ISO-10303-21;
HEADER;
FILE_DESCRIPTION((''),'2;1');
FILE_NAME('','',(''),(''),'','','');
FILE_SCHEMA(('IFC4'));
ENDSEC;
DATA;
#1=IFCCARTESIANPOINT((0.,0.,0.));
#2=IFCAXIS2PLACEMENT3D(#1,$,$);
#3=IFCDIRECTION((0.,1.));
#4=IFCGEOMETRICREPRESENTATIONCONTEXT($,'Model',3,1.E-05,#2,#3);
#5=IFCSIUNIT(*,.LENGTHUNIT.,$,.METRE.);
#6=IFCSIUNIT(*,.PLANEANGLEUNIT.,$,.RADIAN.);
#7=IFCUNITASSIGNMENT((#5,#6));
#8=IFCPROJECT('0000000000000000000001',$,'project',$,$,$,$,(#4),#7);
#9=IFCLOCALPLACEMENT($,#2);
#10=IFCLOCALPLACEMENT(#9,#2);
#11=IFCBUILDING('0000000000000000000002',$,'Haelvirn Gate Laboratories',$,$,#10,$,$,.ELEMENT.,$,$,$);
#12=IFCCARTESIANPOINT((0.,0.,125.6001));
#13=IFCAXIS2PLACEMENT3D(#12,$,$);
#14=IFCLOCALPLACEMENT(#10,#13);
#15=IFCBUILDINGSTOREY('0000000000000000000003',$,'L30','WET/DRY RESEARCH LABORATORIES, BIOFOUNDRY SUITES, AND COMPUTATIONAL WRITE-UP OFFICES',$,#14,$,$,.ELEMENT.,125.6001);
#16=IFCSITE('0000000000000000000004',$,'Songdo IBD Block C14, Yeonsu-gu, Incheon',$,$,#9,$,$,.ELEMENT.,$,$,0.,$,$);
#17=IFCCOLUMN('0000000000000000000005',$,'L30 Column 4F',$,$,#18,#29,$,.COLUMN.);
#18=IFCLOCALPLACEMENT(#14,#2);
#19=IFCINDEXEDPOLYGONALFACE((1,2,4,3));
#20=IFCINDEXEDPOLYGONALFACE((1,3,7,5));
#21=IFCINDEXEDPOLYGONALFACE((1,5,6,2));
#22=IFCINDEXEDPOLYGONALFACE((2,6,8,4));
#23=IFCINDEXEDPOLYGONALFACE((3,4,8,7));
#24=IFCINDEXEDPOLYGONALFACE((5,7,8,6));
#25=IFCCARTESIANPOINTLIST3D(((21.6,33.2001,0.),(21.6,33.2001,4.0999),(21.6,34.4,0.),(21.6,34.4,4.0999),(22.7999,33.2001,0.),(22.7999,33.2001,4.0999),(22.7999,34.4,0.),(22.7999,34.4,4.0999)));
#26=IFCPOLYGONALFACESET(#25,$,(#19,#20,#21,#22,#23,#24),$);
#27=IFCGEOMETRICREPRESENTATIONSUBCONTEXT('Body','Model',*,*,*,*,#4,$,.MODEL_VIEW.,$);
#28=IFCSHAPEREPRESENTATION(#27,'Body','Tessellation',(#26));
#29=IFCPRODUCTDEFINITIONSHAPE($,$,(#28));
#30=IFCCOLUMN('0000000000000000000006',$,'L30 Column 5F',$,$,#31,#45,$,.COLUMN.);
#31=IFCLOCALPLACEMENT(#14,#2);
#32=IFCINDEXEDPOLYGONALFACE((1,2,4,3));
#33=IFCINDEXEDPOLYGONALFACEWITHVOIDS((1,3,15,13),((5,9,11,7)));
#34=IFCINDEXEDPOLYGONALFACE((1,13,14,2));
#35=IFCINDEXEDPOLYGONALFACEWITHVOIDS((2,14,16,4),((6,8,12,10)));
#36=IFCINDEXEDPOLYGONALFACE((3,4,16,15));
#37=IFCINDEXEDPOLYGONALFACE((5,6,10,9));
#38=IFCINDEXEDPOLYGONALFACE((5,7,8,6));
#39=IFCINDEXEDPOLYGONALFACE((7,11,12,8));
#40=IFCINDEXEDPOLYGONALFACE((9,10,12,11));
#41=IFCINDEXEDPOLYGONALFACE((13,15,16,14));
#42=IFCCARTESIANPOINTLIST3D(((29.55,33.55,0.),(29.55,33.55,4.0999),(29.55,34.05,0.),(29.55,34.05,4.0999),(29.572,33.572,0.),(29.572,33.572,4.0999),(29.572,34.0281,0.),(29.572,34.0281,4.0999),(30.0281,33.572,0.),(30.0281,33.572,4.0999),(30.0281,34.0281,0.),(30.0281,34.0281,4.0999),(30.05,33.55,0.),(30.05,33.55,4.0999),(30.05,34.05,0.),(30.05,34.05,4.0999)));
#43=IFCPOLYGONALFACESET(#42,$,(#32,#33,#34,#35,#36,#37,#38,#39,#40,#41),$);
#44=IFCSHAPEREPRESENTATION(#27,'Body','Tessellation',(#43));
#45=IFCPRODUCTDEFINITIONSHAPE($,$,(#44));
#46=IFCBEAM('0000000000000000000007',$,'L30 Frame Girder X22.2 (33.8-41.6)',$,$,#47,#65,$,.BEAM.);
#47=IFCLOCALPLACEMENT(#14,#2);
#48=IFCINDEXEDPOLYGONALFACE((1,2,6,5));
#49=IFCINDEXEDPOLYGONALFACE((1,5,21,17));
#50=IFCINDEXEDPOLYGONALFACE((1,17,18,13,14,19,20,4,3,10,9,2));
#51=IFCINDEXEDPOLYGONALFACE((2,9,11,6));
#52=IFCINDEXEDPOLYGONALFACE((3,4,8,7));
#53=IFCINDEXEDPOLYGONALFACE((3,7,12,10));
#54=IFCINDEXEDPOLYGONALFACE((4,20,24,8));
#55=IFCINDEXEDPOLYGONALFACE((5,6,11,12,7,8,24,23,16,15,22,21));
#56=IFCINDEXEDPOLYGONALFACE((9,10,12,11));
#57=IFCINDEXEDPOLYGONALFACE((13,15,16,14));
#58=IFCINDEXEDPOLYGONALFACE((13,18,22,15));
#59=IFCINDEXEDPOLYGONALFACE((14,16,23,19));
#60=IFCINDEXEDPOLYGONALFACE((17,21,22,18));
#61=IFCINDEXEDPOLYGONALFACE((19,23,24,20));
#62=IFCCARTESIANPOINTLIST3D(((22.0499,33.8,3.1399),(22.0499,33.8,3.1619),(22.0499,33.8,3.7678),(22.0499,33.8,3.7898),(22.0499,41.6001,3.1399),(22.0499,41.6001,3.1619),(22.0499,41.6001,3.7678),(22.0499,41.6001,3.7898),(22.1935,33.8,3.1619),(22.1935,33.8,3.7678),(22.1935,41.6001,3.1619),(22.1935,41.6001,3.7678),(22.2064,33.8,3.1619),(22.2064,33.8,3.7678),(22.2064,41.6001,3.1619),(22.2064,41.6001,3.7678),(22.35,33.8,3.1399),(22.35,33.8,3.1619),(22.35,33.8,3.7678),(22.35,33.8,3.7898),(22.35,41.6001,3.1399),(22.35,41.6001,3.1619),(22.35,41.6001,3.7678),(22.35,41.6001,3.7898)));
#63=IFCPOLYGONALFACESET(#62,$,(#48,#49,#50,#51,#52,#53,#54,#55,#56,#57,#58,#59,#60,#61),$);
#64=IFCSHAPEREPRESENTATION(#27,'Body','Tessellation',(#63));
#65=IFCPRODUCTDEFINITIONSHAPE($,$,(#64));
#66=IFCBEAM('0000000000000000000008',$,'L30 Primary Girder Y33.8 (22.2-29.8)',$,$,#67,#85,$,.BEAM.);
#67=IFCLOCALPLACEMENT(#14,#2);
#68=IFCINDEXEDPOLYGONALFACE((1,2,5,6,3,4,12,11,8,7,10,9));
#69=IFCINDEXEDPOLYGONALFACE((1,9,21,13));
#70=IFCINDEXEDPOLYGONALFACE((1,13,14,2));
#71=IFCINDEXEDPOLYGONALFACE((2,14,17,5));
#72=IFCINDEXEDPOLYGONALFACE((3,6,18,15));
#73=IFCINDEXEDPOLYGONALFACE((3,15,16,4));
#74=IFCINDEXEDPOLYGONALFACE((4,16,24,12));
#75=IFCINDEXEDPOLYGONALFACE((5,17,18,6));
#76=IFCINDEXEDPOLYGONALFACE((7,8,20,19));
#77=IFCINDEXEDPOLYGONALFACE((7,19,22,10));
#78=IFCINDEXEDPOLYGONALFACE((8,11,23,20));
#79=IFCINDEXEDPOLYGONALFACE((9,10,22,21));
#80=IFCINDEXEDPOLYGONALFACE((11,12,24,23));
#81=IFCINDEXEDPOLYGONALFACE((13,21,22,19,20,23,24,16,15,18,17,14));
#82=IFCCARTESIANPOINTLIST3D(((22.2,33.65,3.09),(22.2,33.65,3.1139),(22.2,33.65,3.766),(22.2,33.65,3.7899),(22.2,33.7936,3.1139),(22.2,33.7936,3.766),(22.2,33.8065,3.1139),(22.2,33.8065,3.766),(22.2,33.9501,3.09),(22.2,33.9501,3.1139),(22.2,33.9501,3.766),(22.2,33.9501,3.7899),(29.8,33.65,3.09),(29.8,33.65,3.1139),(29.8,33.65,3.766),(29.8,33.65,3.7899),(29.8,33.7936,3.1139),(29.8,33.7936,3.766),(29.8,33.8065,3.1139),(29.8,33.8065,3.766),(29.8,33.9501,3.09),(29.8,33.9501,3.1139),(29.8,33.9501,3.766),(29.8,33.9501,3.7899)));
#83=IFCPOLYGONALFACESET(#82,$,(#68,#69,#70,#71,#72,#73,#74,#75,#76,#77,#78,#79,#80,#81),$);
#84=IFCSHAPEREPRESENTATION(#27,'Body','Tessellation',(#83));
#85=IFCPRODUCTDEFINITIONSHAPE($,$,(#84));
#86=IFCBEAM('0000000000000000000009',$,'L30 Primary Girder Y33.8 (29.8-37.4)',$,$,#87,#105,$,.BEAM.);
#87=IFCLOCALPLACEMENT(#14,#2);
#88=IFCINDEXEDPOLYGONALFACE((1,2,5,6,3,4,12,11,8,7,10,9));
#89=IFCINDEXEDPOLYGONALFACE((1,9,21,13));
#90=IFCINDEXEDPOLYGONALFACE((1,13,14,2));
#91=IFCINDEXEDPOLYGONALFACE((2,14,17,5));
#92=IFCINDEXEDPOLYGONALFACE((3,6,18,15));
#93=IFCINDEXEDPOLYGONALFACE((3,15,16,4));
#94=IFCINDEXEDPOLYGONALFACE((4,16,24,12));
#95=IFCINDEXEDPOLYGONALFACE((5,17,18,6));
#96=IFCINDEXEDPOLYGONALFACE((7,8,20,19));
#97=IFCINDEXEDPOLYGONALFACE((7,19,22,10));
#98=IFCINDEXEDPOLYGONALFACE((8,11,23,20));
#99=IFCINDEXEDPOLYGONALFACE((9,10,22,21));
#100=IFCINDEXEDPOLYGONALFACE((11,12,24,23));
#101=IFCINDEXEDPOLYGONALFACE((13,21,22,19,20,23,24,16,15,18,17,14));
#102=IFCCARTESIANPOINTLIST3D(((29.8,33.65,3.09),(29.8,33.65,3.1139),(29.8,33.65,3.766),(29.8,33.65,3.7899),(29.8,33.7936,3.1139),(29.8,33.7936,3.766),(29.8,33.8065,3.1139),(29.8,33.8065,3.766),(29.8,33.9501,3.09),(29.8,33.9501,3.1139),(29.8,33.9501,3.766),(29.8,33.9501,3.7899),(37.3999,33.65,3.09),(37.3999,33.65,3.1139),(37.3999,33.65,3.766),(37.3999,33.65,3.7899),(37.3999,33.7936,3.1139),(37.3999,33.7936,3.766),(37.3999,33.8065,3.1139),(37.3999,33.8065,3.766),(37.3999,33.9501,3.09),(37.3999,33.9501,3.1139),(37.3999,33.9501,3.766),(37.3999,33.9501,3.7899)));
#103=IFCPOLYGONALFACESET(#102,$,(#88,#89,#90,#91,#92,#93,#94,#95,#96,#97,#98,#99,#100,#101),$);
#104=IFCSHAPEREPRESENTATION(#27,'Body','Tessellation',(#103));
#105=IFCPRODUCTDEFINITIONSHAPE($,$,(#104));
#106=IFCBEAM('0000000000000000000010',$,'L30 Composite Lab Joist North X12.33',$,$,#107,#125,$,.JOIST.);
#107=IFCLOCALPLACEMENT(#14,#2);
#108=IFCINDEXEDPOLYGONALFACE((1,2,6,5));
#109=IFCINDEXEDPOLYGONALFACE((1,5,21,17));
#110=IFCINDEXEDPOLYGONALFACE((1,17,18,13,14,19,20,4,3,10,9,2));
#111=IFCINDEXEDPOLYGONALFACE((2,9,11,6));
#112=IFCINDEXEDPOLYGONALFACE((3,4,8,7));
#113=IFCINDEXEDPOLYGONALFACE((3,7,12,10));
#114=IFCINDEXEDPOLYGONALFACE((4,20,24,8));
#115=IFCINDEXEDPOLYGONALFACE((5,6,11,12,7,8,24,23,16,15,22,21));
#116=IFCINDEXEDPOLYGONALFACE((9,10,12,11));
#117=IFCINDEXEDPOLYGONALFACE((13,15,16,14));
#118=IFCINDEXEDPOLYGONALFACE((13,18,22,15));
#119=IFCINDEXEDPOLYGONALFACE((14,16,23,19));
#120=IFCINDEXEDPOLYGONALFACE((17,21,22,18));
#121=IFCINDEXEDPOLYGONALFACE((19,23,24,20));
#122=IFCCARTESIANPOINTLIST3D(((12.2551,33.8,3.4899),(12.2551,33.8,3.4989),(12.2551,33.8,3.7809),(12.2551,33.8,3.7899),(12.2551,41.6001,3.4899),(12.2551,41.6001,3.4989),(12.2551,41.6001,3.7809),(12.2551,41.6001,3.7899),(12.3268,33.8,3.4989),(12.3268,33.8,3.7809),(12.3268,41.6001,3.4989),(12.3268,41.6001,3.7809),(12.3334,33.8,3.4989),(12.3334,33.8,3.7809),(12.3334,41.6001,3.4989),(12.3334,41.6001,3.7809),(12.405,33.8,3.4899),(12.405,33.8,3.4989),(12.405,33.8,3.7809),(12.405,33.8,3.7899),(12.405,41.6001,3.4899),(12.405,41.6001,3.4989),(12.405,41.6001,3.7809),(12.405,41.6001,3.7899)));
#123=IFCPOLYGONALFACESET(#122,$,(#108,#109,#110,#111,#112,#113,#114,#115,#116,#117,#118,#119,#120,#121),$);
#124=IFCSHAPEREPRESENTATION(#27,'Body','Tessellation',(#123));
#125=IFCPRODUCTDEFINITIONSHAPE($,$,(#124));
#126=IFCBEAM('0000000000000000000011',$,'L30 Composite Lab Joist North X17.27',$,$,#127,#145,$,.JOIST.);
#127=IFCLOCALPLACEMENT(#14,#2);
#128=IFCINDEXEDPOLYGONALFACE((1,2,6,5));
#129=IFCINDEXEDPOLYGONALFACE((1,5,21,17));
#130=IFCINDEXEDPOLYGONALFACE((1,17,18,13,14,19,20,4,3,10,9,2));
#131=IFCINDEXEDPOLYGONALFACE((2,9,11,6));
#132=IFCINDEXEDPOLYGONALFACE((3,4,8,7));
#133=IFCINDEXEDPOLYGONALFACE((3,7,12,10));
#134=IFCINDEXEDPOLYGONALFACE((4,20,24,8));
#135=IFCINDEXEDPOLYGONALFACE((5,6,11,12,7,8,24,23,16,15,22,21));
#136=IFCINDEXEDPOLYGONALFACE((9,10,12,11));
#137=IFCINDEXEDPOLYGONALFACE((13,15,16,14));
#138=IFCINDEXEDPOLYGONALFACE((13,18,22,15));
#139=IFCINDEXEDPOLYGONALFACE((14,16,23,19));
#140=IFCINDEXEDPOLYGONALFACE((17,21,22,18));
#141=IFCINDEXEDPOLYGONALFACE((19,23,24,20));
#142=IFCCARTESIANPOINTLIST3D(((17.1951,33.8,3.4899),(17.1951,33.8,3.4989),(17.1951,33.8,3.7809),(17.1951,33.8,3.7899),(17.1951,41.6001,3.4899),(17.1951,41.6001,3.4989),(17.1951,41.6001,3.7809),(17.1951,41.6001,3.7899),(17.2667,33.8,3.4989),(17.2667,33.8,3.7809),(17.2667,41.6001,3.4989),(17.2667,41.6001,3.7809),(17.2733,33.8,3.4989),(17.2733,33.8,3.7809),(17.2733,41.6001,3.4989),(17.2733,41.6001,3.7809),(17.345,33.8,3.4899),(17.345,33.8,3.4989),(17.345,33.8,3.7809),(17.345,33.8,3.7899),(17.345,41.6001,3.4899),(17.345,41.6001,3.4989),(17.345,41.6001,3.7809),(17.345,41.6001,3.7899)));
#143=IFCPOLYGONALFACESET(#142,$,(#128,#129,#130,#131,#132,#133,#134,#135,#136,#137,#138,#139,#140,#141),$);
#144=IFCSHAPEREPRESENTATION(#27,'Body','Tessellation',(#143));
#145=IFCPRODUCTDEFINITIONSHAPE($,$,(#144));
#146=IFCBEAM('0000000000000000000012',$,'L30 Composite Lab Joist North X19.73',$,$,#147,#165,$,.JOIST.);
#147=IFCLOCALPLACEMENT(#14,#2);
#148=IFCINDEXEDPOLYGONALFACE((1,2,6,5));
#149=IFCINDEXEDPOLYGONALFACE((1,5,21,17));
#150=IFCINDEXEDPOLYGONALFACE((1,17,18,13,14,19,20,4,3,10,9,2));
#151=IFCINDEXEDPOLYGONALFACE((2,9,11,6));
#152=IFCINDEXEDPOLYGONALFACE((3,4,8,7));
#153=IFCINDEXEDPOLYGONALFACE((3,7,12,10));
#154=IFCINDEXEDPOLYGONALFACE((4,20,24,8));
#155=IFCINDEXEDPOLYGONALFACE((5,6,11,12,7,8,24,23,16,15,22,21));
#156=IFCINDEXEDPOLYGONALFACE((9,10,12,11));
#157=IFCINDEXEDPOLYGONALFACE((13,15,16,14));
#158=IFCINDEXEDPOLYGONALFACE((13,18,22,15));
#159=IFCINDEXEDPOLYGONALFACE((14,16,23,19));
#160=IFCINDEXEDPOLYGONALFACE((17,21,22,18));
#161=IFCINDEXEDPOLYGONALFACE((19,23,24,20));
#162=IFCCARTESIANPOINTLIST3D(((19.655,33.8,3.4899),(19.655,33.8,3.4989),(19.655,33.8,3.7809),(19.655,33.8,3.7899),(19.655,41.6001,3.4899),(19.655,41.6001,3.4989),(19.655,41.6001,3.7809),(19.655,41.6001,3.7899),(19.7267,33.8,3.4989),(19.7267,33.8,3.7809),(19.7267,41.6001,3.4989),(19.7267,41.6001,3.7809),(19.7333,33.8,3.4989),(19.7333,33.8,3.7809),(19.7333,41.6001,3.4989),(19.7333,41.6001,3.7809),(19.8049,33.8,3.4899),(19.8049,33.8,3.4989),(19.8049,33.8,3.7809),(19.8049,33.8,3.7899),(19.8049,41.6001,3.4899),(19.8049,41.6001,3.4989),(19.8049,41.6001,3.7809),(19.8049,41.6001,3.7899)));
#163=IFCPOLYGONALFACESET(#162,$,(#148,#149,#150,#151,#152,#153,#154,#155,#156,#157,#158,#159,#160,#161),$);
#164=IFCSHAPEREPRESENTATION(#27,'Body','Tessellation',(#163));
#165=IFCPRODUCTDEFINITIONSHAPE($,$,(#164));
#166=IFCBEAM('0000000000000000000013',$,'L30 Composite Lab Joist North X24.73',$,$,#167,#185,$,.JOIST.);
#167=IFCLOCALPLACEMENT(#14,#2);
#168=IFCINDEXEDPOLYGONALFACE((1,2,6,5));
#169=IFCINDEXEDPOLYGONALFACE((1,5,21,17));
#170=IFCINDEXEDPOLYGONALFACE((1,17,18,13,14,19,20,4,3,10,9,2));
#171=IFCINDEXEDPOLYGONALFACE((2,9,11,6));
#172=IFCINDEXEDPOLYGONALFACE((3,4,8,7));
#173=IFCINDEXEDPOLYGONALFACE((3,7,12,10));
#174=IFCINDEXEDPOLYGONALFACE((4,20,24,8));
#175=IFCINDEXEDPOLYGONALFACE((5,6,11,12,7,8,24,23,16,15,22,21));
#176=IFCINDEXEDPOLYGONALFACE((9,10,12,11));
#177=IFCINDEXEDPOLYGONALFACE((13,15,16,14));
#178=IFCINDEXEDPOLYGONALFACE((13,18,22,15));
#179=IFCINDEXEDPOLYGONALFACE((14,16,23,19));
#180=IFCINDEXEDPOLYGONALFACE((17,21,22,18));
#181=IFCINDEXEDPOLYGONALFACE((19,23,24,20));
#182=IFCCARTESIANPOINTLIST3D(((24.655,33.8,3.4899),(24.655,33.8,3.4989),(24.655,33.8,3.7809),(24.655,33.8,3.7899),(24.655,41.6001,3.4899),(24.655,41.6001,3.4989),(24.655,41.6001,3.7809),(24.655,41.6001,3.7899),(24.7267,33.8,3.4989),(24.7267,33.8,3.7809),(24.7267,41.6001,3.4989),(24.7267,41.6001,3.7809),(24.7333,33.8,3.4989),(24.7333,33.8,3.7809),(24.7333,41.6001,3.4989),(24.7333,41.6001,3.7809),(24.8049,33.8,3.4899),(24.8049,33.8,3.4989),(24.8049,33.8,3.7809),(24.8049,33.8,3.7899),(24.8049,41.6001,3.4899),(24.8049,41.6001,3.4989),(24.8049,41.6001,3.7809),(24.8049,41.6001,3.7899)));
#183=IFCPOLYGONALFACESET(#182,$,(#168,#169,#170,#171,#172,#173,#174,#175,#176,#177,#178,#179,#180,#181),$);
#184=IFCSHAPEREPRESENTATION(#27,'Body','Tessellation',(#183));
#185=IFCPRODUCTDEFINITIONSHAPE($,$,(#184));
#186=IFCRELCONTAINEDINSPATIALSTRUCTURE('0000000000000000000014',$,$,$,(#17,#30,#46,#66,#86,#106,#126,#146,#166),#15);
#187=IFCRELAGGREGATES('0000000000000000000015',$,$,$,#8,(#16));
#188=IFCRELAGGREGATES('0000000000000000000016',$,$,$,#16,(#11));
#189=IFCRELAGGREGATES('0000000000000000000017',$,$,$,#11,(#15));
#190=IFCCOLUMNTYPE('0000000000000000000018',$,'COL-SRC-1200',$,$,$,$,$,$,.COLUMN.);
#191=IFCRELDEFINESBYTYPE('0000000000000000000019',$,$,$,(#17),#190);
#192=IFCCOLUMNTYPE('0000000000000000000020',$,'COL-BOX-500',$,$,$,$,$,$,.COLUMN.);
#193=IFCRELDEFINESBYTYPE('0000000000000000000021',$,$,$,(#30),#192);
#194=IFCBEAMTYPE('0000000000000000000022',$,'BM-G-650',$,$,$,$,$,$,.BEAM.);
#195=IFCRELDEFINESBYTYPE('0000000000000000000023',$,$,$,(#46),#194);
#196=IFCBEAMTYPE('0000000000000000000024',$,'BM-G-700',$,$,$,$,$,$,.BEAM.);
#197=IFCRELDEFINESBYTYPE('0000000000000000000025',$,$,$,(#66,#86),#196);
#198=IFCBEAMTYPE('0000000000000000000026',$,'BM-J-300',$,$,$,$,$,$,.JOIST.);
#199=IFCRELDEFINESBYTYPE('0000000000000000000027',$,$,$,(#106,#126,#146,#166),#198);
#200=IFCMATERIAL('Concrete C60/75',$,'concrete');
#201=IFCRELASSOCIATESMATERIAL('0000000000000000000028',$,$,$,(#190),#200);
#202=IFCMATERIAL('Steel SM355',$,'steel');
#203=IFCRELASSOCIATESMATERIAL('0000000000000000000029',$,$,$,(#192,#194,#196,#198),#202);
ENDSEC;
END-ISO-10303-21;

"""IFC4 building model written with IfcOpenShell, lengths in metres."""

from ifc_helpers import new_model, si_unit, direction, frame, origin, origin_2d, place, context, subcontext, project, spatial, rectangle, hollow_rectangle, i_section, extrude, source, transform, mapped, material, material_profile, profile_set, type_object, type_shapes, element, save


model = new_model("IFC4")

# Units and contexts
model_context = context("Model", 3, precision=1e-05, world=origin(), true_north=direction((0.0, 1.0)))
body_context = subcontext(model_context, "Body", "Model", "MODEL_VIEW")
ifc_project = project(units=[si_unit("LENGTHUNIT", "METRE"), si_unit("PLANEANGLEUNIT", "RADIAN")], contexts=[model_context])

# Site, building, storey
site_placement = place(None, origin())
site = spatial("IfcSite", under=ifc_project, at=site_placement, Name="Songdo IBD Block C14, Yeonsu-gu, Incheon", CompositionType="ELEMENT", RefElevation=0.0)
building_placement = place(site_placement, origin())
building = spatial("IfcBuilding", under=site, at=building_placement, Name="Haelvirn Gate Laboratories", CompositionType="ELEMENT")
storey_placement = place(building_placement, frame((0.0, 0.0, 125.6001)))
storey = spatial("IfcBuildingStorey", under=building, at=storey_placement, Name="L30", Description="WET/DRY RESEARCH LABORATORIES, BIOFOUNDRY SUITES, AND COMPUTATIONAL WRITE-UP OFFICES", CompositionType="ELEMENT", Elevation=125.6001)

# Columns
ifc_material_1 = material(Name="Concrete C60/75", Category="concrete")
ifc_material_profile_1 = material_profile(ifc_material_1, rectangle(XDim=1.2, YDim=1.2, at=origin_2d()), Name="SRC-1200x1200")
ifc_profile_set_1 = profile_set([ifc_material_profile_1], Name="Concrete C60/75")
column_type_1 = type_object("IfcColumnType", Name="COL-SRC-1200", PredefinedType="COLUMN", material=ifc_profile_set_1)
shared_shape_1 = source(origin(), body_context, "Body", "SweptSolid", [
    extrude(rectangle(XDim=1.2, YDim=1.2, at=origin_2d()), origin(), (0.0, 0.0, 1.0), 4.0999),
])
type_shapes(column_type_1, [shared_shape_1])
column_1_placement = place(storey_placement, frame((22.2, 33.8, 0.0), z_axis=(0.0, 0.0, 1.0), x_axis=(1.0, 0.0, 0.0)))
element("IfcColumn", 1, at=column_1_placement, inside=storey, type_object=column_type_1, Name="L30 Column 4F", PredefinedType="COLUMN", context=body_context, shape_type="MappedRepresentation", body=[
    mapped(shared_shape_1, transform((0.0, 0.0, 0.0), scale=1.0)),
])
ifc_material_2 = material(Name="Steel SM355", Category="steel")
ifc_material_profile_2 = material_profile(ifc_material_2, hollow_rectangle(XDim=0.5, YDim=0.5, WallThickness=0.022, at=origin_2d()), Name="BOX-500x500x22")
ifc_profile_set_2 = profile_set([ifc_material_profile_2], Name="Steel SM355")
column_type_2 = type_object("IfcColumnType", Name="COL-BOX-500", PredefinedType="COLUMN", material=ifc_profile_set_2)
shared_shape_2 = source(origin(), body_context, "Body", "SweptSolid", [
    extrude(hollow_rectangle(XDim=0.5, YDim=0.5, WallThickness=0.022, at=origin_2d()), origin(), (0.0, 0.0, 1.0), 4.0999),
])
type_shapes(column_type_2, [shared_shape_2])
column_2_placement = place(storey_placement, frame((29.8, 33.8, 0.0), z_axis=(0.0, 0.0, 1.0), x_axis=(1.0, 0.0, 0.0)))
element("IfcColumn", 2, at=column_2_placement, inside=storey, type_object=column_type_2, Name="L30 Column 5F", PredefinedType="COLUMN", context=body_context, shape_type="MappedRepresentation", body=[
    mapped(shared_shape_2, transform((0.0, 0.0, 0.0), scale=1.0)),
])

# Beams
ifc_material_profile_3 = material_profile(ifc_material_2, i_section(OverallWidth=0.3, OverallDepth=0.6499, WebThickness=0.0129, FlangeThickness=0.022, at=origin_2d()), Name="H-650x300x13x22")
ifc_profile_set_3 = profile_set([ifc_material_profile_3], Name="Steel SM355")
beam_type_1 = type_object("IfcBeamType", Name="BM-G-650", PredefinedType="BEAM", material=ifc_profile_set_3)
shared_shape_3 = source(origin(), body_context, "Body", "SweptSolid", [
    extrude(i_section(OverallWidth=0.3, OverallDepth=0.6499, WebThickness=0.0129, FlangeThickness=0.022, at=origin_2d()), origin(), (0.0, 0.0, 1.0), 7.8),
])
type_shapes(beam_type_1, [shared_shape_3])
beam_1_placement = place(storey_placement, frame((22.2, 33.8, 3.4648), z_axis=(0.0, 1.0, 0.0), x_axis=(-1.0, 0.0, 0.0)))
element("IfcBeam", 3, at=beam_1_placement, inside=storey, type_object=beam_type_1, Name="L30 Frame Girder X22.2 (33.8-41.6)", PredefinedType="BEAM", context=body_context, shape_type="MappedRepresentation", body=[
    mapped(shared_shape_3, transform((0.0, 0.0, 0.0), scale=1.0)),
])
ifc_material_profile_4 = material_profile(ifc_material_2, i_section(OverallWidth=0.3, OverallDepth=0.7, WebThickness=0.0129, FlangeThickness=0.0239, at=origin_2d()), Name="H-700x300x13x24")
ifc_profile_set_4 = profile_set([ifc_material_profile_4], Name="Steel SM355")
beam_type_2 = type_object("IfcBeamType", Name="BM-G-700", PredefinedType="BEAM", material=ifc_profile_set_4)
shared_shape_4 = source(origin(), body_context, "Body", "SweptSolid", [
    extrude(i_section(OverallWidth=0.3, OverallDepth=0.7, WebThickness=0.0129, FlangeThickness=0.0239, at=origin_2d()), origin(), (0.0, 0.0, 1.0), 7.6001),
])
beam_2_placement = place(storey_placement, frame((22.2, 33.8, 3.4399), z_axis=(1.0, 0.0, 0.0), x_axis=(0.0, 1.0, 0.0)))
element("IfcBeam", 4, at=beam_2_placement, inside=storey, type_object=beam_type_2, Name="L30 Primary Girder Y33.8 (22.2-29.8)", PredefinedType="BEAM", context=body_context, shape_type="MappedRepresentation", body=[
    mapped(shared_shape_4, transform((0.0, 0.0, 0.0), scale=1.0)),
])
shared_shape_5 = source(origin(), body_context, "Body", "SweptSolid", [
    extrude(i_section(OverallWidth=0.3, OverallDepth=0.7, WebThickness=0.0129, FlangeThickness=0.0239, at=origin_2d()), origin(), (0.0, 0.0, 1.0), 7.5999),
])
type_shapes(beam_type_2, [shared_shape_4, shared_shape_5])
beam_3_placement = place(storey_placement, frame((29.8, 33.8, 3.4399), z_axis=(1.0, 0.0, 0.0), x_axis=(0.0, 1.0, 0.0)))
element("IfcBeam", 5, at=beam_3_placement, inside=storey, type_object=beam_type_2, Name="L30 Primary Girder Y33.8 (29.8-37.4)", PredefinedType="BEAM", context=body_context, shape_type="MappedRepresentation", body=[
    mapped(shared_shape_5, transform((0.0, 0.0, 0.0), scale=1.0)),
])
ifc_material_profile_5 = material_profile(ifc_material_2, i_section(OverallWidth=0.1499, OverallDepth=0.3, WebThickness=0.0066, FlangeThickness=0.009, at=origin_2d()), Name="H-300x150x6.5x9")
ifc_profile_set_5 = profile_set([ifc_material_profile_5], Name="Steel SM355")
beam_type_3 = type_object("IfcBeamType", Name="BM-J-300", PredefinedType="JOIST", material=ifc_profile_set_5)
shared_shape_6 = source(origin(), body_context, "Body", "SweptSolid", [
    extrude(i_section(OverallWidth=0.1499, OverallDepth=0.3, WebThickness=0.0066, FlangeThickness=0.009, at=origin_2d()), origin(), (0.0, 0.0, 1.0), 7.8),
])
type_shapes(beam_type_3, [shared_shape_6])
for number, where, z_axis, x_axis, name in (
    (6, (12.3301, 33.8, 3.6399), (0.0, 1.0, 0.0), (-1.0, 0.0, 0.0), "L30 Composite Lab Joist North X12.33"),
    (7, (17.27, 33.8, 3.6399), (0.0, 1.0, 0.0), (-1.0, 0.0, 0.0), "L30 Composite Lab Joist North X17.27"),
    (8, (19.73, 33.8, 3.6399), (0.0, 1.0, 0.0), (-1.0, 0.0, 0.0), "L30 Composite Lab Joist North X19.73"),
    (9, (24.73, 33.8, 3.6399), (0.0, 1.0, 0.0), (-1.0, 0.0, 0.0), "L30 Composite Lab Joist North X24.73"),
):
    element("IfcBeam", number, at=place(storey_placement, frame(where, z_axis=z_axis, x_axis=x_axis)), inside=storey, type_object=beam_type_3, Name=name, PredefinedType="JOIST", context=body_context, shape_type="MappedRepresentation", body=[
        mapped(shared_shape_6, transform((0.0, 0.0, 0.0), scale=1.0)),
    ])

save(model, "model.ifc")
